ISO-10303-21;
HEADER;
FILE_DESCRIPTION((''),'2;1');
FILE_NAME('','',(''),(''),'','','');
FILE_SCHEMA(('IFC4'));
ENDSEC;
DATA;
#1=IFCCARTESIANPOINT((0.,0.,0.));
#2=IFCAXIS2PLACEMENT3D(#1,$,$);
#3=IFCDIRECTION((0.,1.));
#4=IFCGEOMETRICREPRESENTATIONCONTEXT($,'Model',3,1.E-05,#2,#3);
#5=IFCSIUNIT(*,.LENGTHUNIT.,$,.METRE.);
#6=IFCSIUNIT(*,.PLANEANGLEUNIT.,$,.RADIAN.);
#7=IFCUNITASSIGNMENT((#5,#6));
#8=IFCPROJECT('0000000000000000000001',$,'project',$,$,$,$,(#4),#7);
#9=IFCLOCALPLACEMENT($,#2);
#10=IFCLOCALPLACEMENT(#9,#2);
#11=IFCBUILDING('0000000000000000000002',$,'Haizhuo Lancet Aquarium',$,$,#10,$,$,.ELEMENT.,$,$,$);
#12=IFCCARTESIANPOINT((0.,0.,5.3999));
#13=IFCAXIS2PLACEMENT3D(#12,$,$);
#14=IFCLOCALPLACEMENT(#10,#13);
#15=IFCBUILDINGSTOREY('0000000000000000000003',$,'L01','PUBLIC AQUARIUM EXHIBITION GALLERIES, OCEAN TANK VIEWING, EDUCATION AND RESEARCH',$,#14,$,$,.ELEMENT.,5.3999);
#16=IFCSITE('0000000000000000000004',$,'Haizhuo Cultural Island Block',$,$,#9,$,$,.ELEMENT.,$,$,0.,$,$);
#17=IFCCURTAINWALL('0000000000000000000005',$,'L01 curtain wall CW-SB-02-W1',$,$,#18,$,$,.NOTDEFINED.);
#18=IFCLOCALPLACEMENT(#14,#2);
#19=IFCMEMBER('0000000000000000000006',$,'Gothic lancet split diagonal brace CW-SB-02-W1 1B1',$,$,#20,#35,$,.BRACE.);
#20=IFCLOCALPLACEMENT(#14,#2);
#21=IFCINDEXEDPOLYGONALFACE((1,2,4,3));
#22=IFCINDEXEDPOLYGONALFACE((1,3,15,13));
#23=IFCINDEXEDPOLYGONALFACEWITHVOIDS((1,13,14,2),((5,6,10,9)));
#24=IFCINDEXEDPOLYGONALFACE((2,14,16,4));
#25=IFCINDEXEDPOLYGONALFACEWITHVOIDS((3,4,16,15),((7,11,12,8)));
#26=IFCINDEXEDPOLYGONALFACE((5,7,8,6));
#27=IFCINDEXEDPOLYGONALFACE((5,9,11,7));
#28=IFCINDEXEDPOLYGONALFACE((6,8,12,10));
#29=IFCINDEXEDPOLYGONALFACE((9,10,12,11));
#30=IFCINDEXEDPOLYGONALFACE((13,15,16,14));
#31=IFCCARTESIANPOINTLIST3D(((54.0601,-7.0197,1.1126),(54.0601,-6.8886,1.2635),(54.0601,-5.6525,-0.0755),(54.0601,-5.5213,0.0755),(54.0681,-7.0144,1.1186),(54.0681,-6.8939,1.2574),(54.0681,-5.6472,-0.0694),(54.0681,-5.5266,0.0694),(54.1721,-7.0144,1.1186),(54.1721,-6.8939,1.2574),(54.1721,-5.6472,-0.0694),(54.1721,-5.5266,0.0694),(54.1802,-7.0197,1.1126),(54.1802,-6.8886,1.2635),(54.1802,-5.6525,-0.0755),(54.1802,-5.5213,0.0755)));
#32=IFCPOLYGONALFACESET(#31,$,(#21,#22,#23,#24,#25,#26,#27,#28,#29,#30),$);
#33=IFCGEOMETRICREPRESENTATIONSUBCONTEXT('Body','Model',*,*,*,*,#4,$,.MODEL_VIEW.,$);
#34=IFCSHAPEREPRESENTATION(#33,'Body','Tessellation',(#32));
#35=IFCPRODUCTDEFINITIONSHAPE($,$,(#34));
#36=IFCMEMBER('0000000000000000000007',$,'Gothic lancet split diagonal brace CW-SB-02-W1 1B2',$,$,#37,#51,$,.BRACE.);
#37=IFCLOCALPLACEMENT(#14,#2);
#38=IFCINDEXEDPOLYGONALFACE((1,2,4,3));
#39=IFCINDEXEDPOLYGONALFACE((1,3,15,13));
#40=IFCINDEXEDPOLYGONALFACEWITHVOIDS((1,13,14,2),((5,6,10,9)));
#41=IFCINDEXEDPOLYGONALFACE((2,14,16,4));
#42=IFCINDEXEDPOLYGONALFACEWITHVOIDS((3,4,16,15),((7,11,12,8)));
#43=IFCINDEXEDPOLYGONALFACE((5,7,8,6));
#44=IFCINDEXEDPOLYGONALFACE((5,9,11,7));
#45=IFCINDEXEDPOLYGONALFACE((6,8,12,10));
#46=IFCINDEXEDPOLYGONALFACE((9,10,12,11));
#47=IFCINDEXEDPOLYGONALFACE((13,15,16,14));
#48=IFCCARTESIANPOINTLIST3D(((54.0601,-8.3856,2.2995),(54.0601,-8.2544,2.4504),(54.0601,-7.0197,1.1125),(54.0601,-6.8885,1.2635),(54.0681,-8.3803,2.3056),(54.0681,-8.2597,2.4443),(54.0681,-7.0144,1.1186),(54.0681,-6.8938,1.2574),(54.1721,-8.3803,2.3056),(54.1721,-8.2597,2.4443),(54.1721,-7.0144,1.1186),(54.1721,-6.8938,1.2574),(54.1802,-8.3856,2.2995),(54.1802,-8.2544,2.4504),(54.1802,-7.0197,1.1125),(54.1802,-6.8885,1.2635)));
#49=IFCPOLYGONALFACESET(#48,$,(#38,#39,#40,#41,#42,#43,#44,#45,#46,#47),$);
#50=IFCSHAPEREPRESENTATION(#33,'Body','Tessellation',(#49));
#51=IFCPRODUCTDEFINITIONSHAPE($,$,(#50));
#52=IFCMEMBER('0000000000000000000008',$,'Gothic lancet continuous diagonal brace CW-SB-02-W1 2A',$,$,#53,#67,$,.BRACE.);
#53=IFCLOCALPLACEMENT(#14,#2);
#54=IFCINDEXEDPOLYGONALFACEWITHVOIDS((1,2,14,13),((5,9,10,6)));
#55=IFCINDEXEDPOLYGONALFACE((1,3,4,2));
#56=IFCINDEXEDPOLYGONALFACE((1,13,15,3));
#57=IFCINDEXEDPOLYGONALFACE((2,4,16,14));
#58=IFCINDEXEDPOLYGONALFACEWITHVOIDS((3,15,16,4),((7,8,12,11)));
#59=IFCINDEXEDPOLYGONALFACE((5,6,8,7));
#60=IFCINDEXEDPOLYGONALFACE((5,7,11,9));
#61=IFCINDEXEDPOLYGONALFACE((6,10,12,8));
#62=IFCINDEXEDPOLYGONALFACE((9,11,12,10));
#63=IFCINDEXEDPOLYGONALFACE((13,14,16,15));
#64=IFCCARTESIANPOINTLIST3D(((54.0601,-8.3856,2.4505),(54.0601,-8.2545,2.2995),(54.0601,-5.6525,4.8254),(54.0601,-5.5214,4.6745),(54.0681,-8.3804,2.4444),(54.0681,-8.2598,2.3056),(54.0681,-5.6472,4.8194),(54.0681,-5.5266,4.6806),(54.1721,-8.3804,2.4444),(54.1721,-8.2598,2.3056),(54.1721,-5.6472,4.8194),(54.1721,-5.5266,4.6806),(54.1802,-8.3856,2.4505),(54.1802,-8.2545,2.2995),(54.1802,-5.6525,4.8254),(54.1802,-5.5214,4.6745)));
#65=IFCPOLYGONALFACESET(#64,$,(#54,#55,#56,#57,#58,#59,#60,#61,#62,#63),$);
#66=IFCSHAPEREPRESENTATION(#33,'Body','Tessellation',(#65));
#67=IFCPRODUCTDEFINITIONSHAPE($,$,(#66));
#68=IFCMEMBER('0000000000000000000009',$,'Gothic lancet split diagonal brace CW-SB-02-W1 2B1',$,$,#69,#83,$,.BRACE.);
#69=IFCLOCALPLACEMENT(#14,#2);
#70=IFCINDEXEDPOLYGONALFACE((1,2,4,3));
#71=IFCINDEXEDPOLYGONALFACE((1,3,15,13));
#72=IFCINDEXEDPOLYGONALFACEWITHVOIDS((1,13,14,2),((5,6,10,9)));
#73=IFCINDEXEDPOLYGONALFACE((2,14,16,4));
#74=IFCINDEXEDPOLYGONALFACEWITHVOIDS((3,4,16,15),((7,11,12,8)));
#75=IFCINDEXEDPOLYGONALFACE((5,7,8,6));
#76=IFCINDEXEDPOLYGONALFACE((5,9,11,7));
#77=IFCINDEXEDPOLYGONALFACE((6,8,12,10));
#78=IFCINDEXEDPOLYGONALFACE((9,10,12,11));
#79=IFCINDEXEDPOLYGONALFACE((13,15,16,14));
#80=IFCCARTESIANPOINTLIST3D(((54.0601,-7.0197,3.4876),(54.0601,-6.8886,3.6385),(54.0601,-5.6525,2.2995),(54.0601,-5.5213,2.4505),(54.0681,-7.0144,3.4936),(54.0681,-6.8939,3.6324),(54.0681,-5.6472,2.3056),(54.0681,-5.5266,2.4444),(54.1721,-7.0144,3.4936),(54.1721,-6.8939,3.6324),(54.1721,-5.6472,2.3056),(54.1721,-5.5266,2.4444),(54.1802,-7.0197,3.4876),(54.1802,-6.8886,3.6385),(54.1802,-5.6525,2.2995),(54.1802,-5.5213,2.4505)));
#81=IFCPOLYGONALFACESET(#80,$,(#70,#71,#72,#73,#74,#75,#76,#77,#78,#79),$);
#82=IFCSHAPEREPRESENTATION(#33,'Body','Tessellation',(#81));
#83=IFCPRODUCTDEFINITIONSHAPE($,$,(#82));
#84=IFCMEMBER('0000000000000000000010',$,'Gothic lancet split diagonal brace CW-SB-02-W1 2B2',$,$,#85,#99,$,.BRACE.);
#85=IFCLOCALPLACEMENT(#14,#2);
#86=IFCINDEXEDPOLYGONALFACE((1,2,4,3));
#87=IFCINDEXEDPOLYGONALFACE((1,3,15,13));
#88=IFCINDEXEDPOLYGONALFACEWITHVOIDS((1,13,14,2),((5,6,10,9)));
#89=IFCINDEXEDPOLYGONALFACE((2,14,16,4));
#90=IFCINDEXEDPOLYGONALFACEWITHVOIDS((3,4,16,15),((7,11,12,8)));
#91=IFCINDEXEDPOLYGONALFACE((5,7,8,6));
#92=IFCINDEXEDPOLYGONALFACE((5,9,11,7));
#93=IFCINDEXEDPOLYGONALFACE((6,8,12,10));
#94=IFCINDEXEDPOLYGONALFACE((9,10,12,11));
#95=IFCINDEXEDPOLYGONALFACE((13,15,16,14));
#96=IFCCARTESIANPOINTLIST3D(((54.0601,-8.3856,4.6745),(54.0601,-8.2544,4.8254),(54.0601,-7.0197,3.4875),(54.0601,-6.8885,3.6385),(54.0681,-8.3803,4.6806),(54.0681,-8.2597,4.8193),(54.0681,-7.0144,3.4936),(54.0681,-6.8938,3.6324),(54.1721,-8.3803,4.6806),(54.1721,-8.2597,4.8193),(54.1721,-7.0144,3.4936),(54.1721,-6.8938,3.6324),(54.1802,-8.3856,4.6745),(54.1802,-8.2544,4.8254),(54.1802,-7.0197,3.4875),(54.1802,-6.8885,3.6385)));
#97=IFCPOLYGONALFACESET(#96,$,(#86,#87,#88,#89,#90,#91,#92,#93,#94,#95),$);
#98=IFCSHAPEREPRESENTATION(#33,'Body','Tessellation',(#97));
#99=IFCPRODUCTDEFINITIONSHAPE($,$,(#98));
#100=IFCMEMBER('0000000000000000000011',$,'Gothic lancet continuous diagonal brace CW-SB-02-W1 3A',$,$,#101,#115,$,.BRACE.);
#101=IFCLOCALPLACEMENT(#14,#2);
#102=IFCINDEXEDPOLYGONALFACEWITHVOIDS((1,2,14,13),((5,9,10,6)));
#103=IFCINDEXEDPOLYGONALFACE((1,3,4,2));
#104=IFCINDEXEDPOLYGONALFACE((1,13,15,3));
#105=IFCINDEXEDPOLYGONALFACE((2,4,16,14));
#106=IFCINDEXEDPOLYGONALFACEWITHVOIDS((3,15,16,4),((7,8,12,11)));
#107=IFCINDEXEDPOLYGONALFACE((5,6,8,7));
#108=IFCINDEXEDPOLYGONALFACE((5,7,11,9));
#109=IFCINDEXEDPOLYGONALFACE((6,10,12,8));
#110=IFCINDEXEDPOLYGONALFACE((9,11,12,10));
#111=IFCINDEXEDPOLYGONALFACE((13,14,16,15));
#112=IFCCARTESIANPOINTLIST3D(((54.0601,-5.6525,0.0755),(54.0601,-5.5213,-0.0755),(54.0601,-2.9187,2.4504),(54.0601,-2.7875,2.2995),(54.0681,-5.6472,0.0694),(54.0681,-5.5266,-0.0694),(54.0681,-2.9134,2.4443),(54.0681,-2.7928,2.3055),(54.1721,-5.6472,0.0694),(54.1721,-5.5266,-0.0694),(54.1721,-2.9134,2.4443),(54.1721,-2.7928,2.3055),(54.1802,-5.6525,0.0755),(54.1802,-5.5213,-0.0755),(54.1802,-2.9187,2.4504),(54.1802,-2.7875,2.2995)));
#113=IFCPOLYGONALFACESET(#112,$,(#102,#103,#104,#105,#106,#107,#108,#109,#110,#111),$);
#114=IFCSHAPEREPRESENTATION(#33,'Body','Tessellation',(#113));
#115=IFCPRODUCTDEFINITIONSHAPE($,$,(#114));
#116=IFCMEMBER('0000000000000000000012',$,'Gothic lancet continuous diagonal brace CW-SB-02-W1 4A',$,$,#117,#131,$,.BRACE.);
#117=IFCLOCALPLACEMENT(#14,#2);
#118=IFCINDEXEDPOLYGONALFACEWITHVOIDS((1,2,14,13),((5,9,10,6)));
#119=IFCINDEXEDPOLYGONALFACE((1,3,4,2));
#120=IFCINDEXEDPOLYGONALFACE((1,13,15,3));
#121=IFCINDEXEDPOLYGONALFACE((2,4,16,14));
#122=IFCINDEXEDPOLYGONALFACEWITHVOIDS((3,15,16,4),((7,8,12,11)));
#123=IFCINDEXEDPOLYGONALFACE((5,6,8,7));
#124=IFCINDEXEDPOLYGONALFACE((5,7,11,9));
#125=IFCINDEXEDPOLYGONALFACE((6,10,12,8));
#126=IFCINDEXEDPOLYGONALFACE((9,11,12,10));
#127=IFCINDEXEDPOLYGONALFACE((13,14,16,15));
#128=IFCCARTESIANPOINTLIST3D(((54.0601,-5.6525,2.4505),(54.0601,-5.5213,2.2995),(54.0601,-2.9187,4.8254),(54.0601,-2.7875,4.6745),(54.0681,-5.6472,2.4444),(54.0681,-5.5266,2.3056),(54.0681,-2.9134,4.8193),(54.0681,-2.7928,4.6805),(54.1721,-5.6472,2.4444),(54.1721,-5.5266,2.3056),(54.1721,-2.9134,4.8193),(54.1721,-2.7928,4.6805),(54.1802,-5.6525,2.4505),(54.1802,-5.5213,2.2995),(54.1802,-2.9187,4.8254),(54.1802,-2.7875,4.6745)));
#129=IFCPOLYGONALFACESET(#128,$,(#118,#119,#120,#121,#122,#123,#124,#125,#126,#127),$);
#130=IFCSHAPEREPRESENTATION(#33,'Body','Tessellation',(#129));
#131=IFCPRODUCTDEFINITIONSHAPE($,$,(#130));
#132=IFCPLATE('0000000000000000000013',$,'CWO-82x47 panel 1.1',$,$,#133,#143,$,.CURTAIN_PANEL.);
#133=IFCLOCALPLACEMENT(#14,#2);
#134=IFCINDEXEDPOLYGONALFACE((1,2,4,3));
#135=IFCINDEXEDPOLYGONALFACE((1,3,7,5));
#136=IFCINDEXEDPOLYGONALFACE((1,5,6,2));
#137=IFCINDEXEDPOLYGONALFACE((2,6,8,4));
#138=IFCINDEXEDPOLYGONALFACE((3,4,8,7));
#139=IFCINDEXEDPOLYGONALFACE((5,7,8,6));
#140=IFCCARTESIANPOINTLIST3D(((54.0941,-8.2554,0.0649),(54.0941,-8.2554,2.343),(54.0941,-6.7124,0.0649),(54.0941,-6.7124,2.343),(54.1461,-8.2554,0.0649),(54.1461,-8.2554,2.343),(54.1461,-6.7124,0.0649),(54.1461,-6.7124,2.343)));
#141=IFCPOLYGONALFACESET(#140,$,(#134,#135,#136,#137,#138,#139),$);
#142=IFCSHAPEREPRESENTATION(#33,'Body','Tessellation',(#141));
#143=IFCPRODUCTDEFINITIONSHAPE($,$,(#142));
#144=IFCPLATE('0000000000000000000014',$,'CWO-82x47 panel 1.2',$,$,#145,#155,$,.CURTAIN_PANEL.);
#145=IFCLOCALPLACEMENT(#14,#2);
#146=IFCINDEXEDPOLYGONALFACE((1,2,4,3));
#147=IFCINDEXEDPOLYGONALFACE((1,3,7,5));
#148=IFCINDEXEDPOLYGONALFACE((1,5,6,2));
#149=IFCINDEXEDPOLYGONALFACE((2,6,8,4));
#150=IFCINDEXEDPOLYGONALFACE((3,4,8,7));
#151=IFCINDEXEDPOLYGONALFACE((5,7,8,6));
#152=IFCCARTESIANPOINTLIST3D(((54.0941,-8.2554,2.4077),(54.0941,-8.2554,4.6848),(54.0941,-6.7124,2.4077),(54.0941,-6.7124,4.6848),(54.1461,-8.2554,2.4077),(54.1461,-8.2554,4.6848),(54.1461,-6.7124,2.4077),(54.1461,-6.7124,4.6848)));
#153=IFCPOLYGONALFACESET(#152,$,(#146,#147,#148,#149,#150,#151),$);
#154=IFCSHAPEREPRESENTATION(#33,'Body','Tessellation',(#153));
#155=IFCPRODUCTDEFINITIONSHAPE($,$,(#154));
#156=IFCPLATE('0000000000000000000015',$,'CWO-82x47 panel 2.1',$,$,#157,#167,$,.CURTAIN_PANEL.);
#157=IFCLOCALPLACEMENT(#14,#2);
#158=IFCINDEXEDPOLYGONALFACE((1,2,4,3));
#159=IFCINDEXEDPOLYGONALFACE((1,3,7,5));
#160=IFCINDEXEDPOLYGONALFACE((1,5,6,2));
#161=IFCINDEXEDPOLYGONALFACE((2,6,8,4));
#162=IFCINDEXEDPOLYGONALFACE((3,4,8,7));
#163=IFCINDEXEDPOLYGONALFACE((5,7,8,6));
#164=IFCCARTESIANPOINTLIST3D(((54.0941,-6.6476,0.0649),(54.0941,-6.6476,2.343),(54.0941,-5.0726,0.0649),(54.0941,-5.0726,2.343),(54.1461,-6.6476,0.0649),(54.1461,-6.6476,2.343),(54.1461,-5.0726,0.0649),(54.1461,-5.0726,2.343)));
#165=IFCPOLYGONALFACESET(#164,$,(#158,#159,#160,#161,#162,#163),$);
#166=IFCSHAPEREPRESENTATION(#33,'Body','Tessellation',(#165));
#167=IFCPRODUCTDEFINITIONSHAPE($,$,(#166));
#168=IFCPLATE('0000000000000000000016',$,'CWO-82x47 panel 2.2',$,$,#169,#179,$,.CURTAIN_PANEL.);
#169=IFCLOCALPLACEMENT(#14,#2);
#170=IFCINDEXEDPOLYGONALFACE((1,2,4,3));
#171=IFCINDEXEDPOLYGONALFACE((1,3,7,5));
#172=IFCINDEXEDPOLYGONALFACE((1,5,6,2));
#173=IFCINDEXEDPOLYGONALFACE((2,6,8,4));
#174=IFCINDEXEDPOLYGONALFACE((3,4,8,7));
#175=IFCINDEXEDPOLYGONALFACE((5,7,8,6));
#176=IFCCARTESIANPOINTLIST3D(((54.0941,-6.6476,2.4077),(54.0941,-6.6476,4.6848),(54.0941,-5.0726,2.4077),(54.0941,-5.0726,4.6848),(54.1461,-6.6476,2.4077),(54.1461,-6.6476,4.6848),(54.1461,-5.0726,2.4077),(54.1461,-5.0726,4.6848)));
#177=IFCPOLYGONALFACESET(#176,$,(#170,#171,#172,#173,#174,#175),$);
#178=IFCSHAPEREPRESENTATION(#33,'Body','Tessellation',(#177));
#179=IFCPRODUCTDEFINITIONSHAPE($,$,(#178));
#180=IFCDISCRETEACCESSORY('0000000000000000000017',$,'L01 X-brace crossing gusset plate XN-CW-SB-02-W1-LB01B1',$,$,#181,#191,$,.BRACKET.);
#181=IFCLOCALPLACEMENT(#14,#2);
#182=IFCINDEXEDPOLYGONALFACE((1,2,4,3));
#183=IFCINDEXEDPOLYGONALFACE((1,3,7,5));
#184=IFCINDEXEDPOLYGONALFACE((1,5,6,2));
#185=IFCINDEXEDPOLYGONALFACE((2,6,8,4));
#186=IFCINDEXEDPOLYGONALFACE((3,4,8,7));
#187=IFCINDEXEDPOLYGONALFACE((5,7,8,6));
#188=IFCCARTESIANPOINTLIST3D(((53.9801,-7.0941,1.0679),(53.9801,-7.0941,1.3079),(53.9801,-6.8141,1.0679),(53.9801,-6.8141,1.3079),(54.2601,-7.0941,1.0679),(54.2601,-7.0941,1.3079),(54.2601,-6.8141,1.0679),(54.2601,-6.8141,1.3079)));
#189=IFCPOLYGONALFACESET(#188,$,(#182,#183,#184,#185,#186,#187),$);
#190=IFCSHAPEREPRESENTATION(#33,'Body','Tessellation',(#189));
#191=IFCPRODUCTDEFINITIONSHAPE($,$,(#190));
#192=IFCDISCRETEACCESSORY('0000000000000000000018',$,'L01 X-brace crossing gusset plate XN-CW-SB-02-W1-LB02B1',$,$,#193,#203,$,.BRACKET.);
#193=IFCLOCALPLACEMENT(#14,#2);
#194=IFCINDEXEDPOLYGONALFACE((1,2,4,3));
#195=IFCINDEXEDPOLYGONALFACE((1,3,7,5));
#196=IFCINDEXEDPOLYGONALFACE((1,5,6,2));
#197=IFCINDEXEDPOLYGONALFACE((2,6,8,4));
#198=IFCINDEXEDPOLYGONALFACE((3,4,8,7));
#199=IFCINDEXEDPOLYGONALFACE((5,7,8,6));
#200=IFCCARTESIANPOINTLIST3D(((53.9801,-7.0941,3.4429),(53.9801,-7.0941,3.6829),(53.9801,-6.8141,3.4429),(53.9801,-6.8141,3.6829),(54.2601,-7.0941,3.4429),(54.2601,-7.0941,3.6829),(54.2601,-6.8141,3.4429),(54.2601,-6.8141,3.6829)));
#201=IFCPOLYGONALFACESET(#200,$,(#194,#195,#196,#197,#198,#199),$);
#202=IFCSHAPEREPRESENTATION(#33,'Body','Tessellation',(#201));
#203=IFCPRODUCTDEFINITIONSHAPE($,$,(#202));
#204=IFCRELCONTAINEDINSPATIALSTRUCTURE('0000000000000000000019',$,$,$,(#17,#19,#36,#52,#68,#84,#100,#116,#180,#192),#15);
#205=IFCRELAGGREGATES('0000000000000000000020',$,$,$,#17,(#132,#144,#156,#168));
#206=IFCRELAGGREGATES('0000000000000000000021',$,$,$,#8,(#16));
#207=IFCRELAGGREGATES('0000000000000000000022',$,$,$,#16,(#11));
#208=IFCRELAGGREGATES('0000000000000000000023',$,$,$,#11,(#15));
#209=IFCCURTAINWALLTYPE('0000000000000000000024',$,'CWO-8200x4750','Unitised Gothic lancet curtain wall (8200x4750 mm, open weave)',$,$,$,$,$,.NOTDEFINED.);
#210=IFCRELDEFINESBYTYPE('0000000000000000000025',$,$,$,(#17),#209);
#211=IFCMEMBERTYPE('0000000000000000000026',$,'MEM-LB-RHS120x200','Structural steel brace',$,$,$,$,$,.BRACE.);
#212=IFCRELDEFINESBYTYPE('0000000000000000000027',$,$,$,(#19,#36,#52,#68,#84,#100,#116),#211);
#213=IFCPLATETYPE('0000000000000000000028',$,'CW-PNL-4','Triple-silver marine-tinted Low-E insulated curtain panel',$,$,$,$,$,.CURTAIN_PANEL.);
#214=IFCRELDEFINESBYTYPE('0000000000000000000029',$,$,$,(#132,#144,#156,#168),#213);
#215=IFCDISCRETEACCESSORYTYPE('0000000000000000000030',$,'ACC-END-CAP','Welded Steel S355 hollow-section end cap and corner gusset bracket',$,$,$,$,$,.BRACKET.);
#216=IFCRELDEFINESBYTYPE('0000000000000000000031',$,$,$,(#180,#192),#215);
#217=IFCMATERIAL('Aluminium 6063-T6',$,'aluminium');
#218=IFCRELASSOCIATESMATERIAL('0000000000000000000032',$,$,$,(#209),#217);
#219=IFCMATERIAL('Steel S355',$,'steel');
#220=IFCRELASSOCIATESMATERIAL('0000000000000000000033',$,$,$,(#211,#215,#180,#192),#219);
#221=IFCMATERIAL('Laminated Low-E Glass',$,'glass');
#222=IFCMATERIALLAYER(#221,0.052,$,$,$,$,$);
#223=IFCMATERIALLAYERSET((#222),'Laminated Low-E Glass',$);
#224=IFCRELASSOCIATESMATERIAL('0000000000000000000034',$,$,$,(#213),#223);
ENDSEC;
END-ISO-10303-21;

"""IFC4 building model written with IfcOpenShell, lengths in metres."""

from ifc_helpers import new_model, si_unit, direction, frame, origin, origin_2d, place, context, subcontext, project, spatial, rectangle, hollow_rectangle, extrude, material, layer, layer_set, material_profile, profile_set, type_object, element, aggregate, save


model = new_model("IFC4")

# Units and contexts
model_context = context("Model", 3, precision=1e-05, world=origin(), true_north=direction((0.0, 1.0)))
body_context = subcontext(model_context, "Body", "Model", "MODEL_VIEW")
ifc_project = project(units=[si_unit("LENGTHUNIT", "METRE"), si_unit("PLANEANGLEUNIT", "RADIAN")], contexts=[model_context])

# Site, building, storey
site_placement = place(None, origin())
site = spatial("IfcSite", under=ifc_project, at=site_placement, Name="Haizhuo Cultural Island Block", CompositionType="ELEMENT", RefElevation=0.0)
building_placement = place(site_placement, origin())
building = spatial("IfcBuilding", under=site, at=building_placement, Name="Haizhuo Lancet Aquarium", CompositionType="ELEMENT")
storey_placement = place(building_placement, frame((0.0, 0.0, 5.3999)))
storey = spatial("IfcBuildingStorey", under=building, at=storey_placement, Name="L01", Description="PUBLIC AQUARIUM EXHIBITION GALLERIES, OCEAN TANK VIEWING, EDUCATION AND RESEARCH", CompositionType="ELEMENT", Elevation=5.3999)

# Curtain wall
ifc_material_1 = material(Name="Aluminium 6063-T6", Category="aluminium")
curtain_wall_type = type_object("IfcCurtainWallType", Name="CWO-8200x4750", Description="Unitised Gothic lancet curtain wall (8200x4750 mm, open weave)", PredefinedType="NOTDEFINED", material=ifc_material_1)
curtain_wall_placement = place(storey_placement, origin())
curtain_wall = element("IfcCurtainWall", 1, at=curtain_wall_placement, inside=storey, type_object=curtain_wall_type, Name="L01 curtain wall CW-SB-02-W1", PredefinedType="NOTDEFINED")

# Members
ifc_material_2 = material(Name="Steel S355", Category="steel")
ifc_material_profile_1 = material_profile(ifc_material_2, hollow_rectangle(XDim=0.1201, YDim=0.2, WallThickness=0.0081, at=origin_2d()), Name="RHS 120x200x8")
ifc_profile_set_1 = profile_set([ifc_material_profile_1], Name="Steel S355")
member_type_1 = type_object("IfcMemberType", Name="MEM-LB-RHS120x200", Description="Structural steel brace", PredefinedType="BRACE", material=ifc_profile_set_1)
member_1_placement = place(storey_placement, frame((54.1201, -5.5869, 0.0), z_axis=(0.0, -0.754843, 0.655905), x_axis=(1.0, 0.0, 0.0)))
element("IfcMember", 2, at=member_1_placement, inside=storey, type_object=member_type_1, Name="Gothic lancet split diagonal brace CW-SB-02-W1 1B1", PredefinedType="BRACE", context=body_context, shape_type="SweptSolid", body=[
    extrude(hollow_rectangle(XDim=0.1201, YDim=0.2, WallThickness=0.0081, at=origin_2d()), origin(), (0.0, 0.0, 1.0), 1.8113),
])
member_2_placement = place(storey_placement, frame((54.1201, -6.9541, 1.188), z_axis=(0.0, -0.75482, 0.655932), x_axis=(1.0, 0.0, 0.0)))
element("IfcMember", 3, at=member_2_placement, inside=storey, type_object=member_type_1, Name="Gothic lancet split diagonal brace CW-SB-02-W1 1B2", PredefinedType="BRACE", context=body_context, shape_type="SweptSolid", body=[
    extrude(hollow_rectangle(XDim=0.1201, YDim=0.2, WallThickness=0.0081, at=origin_2d()), origin(), (0.0, 0.0, 1.0), 1.8096),
])
member_3_placement = place(storey_placement, frame((54.1201, -8.3201, 2.375), z_axis=(0.0, 0.754832, 0.655918), x_axis=(-1.0, 0.0, 0.0)))
element("IfcMember", 4, at=member_3_placement, inside=storey, type_object=member_type_1, Name="Gothic lancet continuous diagonal brace CW-SB-02-W1 2A", PredefinedType="BRACE", context=body_context, shape_type="SweptSolid", body=[
    extrude(hollow_rectangle(XDim=0.1201, YDim=0.2, WallThickness=0.0081, at=origin_2d()), origin(), (0.0, 0.0, 1.0), 3.6208),
])
member_4_placement = place(storey_placement, frame((54.1201, -5.5869, 2.375), z_axis=(0.0, -0.754843, 0.655905), x_axis=(1.0, 0.0, 0.0)))
element("IfcMember", 5, at=member_4_placement, inside=storey, type_object=member_type_1, Name="Gothic lancet split diagonal brace CW-SB-02-W1 2B1", PredefinedType="BRACE", context=body_context, shape_type="SweptSolid", body=[
    extrude(hollow_rectangle(XDim=0.1201, YDim=0.2, WallThickness=0.0081, at=origin_2d()), origin(), (0.0, 0.0, 1.0), 1.8113),
])
member_5_placement = place(storey_placement, frame((54.1201, -6.9541, 3.563), z_axis=(0.0, -0.75482, 0.655932), x_axis=(1.0, 0.0, 0.0)))
element("IfcMember", 6, at=member_5_placement, inside=storey, type_object=member_type_1, Name="Gothic lancet split diagonal brace CW-SB-02-W1 2B2", PredefinedType="BRACE", context=body_context, shape_type="SweptSolid", body=[
    extrude(hollow_rectangle(XDim=0.1201, YDim=0.2, WallThickness=0.0081, at=origin_2d()), origin(), (0.0, 0.0, 1.0), 1.8096),
])
for number, where, z_axis, x_axis, name in (
    (7, (54.1201, -5.5869, 0.0), (0.0, 0.754919, 0.655818), (-1.0, 0.0, 0.0), "Gothic lancet continuous diagonal brace CW-SB-02-W1 3A"),
    (8, (54.1201, -5.5869, 2.375), (0.0, 0.754919, 0.655818), (-1.0, 0.0, 0.0), "Gothic lancet continuous diagonal brace CW-SB-02-W1 4A"),
):
    element("IfcMember", number, at=place(storey_placement, frame(where, z_axis=z_axis, x_axis=x_axis)), inside=storey, type_object=member_type_1, Name=name, PredefinedType="BRACE", context=body_context, shape_type="SweptSolid", body=[
        extrude(hollow_rectangle(XDim=0.1201, YDim=0.2, WallThickness=0.0081, at=origin_2d()), origin(), (0.0, 0.0, 1.0), 3.6213),
    ])

# Plates
ifc_material_3 = material(Name="Laminated Low-E Glass", Category="glass")
ifc_layer = layer(ifc_material_3, 0.052)
ifc_layer_set = layer_set([ifc_layer], Name="Laminated Low-E Glass")
plate_type = type_object("IfcPlateType", Name="CW-PNL-4", Description="Triple-silver marine-tinted Low-E insulated curtain panel", PredefinedType="CURTAIN_PANEL", material=ifc_layer_set)
plate_1_placement = place(storey_placement, frame((54.1201, -7.4839, 0.0649), z_axis=(0.0, 0.0, 1.0), x_axis=(0.0, 1.0, 0.0)))
plate_1 = element("IfcPlate", 9, at=plate_1_placement, type_object=plate_type, Name="CWO-82x47 panel 1.1", PredefinedType="CURTAIN_PANEL", context=body_context, shape_type="SweptSolid", body=[
    extrude(rectangle(XDim=1.543, YDim=0.052, at=origin_2d()), origin(), (0.0, 0.0, 1.0), 2.2781),
])
plate_2_placement = place(storey_placement, frame((54.1201, -7.4839, 2.4077), z_axis=(0.0, 0.0, 1.0), x_axis=(0.0, 1.0, 0.0)))
plate_2 = element("IfcPlate", 10, at=plate_2_placement, type_object=plate_type, Name="CWO-82x47 panel 1.2", PredefinedType="CURTAIN_PANEL", context=body_context, shape_type="SweptSolid", body=[
    extrude(rectangle(XDim=1.543, YDim=0.052, at=origin_2d()), origin(), (0.0, 0.0, 1.0), 2.2771),
])
plate_3_placement = place(storey_placement, frame((54.1201, -5.8601, 0.0649), z_axis=(0.0, 0.0, 1.0), x_axis=(0.0, 1.0, 0.0)))
plate_3 = element("IfcPlate", 11, at=plate_3_placement, type_object=plate_type, Name="CWO-82x47 panel 2.1", PredefinedType="CURTAIN_PANEL", context=body_context, shape_type="SweptSolid", body=[
    extrude(rectangle(XDim=1.575, YDim=0.052, at=origin_2d()), origin(), (0.0, 0.0, 1.0), 2.2781),
])
plate_4_placement = place(storey_placement, frame((54.1201, -5.8601, 2.4077), z_axis=(0.0, 0.0, 1.0), x_axis=(0.0, 1.0, 0.0)))
plate_4 = element("IfcPlate", 12, at=plate_4_placement, type_object=plate_type, Name="CWO-82x47 panel 2.2", PredefinedType="CURTAIN_PANEL", context=body_context, shape_type="SweptSolid", body=[
    extrude(rectangle(XDim=1.575, YDim=0.052, at=origin_2d()), origin(), (0.0, 0.0, 1.0), 2.2771),
])
aggregate(curtain_wall, [plate_1, plate_2, plate_3, plate_4])

# Discrete accessories
discrete_accessory_type = type_object("IfcDiscreteAccessoryType", Name="ACC-END-CAP", Description="Welded Steel S355 hollow-section end cap and corner gusset bracket", PredefinedType="BRACKET", material=ifc_material_2)
for number, where, z_axis, x_axis, name in (
    (13, (54.1201, -6.9541, 1.0679), (0.0, 0.0, 1.0), (1.0, 0.0, 0.0), "L01 X-brace crossing gusset plate XN-CW-SB-02-W1-LB01B1"),
    (14, (54.1201, -6.9541, 3.4429), (0.0, 0.0, 1.0), (1.0, 0.0, 0.0), "L01 X-brace crossing gusset plate XN-CW-SB-02-W1-LB02B1"),
):
    element("IfcDiscreteAccessory", number, at=place(storey_placement, frame(where, z_axis=z_axis, x_axis=x_axis)), inside=storey, type_object=discrete_accessory_type, material=ifc_material_2, Name=name, PredefinedType="BRACKET", context=body_context, shape_type="SweptSolid", body=[
        extrude(rectangle(XDim=0.28, YDim=0.28, at=origin_2d()), origin(), (0.0, 0.0, 1.0), 0.24),
    ])

save(model, "model.ifc")
